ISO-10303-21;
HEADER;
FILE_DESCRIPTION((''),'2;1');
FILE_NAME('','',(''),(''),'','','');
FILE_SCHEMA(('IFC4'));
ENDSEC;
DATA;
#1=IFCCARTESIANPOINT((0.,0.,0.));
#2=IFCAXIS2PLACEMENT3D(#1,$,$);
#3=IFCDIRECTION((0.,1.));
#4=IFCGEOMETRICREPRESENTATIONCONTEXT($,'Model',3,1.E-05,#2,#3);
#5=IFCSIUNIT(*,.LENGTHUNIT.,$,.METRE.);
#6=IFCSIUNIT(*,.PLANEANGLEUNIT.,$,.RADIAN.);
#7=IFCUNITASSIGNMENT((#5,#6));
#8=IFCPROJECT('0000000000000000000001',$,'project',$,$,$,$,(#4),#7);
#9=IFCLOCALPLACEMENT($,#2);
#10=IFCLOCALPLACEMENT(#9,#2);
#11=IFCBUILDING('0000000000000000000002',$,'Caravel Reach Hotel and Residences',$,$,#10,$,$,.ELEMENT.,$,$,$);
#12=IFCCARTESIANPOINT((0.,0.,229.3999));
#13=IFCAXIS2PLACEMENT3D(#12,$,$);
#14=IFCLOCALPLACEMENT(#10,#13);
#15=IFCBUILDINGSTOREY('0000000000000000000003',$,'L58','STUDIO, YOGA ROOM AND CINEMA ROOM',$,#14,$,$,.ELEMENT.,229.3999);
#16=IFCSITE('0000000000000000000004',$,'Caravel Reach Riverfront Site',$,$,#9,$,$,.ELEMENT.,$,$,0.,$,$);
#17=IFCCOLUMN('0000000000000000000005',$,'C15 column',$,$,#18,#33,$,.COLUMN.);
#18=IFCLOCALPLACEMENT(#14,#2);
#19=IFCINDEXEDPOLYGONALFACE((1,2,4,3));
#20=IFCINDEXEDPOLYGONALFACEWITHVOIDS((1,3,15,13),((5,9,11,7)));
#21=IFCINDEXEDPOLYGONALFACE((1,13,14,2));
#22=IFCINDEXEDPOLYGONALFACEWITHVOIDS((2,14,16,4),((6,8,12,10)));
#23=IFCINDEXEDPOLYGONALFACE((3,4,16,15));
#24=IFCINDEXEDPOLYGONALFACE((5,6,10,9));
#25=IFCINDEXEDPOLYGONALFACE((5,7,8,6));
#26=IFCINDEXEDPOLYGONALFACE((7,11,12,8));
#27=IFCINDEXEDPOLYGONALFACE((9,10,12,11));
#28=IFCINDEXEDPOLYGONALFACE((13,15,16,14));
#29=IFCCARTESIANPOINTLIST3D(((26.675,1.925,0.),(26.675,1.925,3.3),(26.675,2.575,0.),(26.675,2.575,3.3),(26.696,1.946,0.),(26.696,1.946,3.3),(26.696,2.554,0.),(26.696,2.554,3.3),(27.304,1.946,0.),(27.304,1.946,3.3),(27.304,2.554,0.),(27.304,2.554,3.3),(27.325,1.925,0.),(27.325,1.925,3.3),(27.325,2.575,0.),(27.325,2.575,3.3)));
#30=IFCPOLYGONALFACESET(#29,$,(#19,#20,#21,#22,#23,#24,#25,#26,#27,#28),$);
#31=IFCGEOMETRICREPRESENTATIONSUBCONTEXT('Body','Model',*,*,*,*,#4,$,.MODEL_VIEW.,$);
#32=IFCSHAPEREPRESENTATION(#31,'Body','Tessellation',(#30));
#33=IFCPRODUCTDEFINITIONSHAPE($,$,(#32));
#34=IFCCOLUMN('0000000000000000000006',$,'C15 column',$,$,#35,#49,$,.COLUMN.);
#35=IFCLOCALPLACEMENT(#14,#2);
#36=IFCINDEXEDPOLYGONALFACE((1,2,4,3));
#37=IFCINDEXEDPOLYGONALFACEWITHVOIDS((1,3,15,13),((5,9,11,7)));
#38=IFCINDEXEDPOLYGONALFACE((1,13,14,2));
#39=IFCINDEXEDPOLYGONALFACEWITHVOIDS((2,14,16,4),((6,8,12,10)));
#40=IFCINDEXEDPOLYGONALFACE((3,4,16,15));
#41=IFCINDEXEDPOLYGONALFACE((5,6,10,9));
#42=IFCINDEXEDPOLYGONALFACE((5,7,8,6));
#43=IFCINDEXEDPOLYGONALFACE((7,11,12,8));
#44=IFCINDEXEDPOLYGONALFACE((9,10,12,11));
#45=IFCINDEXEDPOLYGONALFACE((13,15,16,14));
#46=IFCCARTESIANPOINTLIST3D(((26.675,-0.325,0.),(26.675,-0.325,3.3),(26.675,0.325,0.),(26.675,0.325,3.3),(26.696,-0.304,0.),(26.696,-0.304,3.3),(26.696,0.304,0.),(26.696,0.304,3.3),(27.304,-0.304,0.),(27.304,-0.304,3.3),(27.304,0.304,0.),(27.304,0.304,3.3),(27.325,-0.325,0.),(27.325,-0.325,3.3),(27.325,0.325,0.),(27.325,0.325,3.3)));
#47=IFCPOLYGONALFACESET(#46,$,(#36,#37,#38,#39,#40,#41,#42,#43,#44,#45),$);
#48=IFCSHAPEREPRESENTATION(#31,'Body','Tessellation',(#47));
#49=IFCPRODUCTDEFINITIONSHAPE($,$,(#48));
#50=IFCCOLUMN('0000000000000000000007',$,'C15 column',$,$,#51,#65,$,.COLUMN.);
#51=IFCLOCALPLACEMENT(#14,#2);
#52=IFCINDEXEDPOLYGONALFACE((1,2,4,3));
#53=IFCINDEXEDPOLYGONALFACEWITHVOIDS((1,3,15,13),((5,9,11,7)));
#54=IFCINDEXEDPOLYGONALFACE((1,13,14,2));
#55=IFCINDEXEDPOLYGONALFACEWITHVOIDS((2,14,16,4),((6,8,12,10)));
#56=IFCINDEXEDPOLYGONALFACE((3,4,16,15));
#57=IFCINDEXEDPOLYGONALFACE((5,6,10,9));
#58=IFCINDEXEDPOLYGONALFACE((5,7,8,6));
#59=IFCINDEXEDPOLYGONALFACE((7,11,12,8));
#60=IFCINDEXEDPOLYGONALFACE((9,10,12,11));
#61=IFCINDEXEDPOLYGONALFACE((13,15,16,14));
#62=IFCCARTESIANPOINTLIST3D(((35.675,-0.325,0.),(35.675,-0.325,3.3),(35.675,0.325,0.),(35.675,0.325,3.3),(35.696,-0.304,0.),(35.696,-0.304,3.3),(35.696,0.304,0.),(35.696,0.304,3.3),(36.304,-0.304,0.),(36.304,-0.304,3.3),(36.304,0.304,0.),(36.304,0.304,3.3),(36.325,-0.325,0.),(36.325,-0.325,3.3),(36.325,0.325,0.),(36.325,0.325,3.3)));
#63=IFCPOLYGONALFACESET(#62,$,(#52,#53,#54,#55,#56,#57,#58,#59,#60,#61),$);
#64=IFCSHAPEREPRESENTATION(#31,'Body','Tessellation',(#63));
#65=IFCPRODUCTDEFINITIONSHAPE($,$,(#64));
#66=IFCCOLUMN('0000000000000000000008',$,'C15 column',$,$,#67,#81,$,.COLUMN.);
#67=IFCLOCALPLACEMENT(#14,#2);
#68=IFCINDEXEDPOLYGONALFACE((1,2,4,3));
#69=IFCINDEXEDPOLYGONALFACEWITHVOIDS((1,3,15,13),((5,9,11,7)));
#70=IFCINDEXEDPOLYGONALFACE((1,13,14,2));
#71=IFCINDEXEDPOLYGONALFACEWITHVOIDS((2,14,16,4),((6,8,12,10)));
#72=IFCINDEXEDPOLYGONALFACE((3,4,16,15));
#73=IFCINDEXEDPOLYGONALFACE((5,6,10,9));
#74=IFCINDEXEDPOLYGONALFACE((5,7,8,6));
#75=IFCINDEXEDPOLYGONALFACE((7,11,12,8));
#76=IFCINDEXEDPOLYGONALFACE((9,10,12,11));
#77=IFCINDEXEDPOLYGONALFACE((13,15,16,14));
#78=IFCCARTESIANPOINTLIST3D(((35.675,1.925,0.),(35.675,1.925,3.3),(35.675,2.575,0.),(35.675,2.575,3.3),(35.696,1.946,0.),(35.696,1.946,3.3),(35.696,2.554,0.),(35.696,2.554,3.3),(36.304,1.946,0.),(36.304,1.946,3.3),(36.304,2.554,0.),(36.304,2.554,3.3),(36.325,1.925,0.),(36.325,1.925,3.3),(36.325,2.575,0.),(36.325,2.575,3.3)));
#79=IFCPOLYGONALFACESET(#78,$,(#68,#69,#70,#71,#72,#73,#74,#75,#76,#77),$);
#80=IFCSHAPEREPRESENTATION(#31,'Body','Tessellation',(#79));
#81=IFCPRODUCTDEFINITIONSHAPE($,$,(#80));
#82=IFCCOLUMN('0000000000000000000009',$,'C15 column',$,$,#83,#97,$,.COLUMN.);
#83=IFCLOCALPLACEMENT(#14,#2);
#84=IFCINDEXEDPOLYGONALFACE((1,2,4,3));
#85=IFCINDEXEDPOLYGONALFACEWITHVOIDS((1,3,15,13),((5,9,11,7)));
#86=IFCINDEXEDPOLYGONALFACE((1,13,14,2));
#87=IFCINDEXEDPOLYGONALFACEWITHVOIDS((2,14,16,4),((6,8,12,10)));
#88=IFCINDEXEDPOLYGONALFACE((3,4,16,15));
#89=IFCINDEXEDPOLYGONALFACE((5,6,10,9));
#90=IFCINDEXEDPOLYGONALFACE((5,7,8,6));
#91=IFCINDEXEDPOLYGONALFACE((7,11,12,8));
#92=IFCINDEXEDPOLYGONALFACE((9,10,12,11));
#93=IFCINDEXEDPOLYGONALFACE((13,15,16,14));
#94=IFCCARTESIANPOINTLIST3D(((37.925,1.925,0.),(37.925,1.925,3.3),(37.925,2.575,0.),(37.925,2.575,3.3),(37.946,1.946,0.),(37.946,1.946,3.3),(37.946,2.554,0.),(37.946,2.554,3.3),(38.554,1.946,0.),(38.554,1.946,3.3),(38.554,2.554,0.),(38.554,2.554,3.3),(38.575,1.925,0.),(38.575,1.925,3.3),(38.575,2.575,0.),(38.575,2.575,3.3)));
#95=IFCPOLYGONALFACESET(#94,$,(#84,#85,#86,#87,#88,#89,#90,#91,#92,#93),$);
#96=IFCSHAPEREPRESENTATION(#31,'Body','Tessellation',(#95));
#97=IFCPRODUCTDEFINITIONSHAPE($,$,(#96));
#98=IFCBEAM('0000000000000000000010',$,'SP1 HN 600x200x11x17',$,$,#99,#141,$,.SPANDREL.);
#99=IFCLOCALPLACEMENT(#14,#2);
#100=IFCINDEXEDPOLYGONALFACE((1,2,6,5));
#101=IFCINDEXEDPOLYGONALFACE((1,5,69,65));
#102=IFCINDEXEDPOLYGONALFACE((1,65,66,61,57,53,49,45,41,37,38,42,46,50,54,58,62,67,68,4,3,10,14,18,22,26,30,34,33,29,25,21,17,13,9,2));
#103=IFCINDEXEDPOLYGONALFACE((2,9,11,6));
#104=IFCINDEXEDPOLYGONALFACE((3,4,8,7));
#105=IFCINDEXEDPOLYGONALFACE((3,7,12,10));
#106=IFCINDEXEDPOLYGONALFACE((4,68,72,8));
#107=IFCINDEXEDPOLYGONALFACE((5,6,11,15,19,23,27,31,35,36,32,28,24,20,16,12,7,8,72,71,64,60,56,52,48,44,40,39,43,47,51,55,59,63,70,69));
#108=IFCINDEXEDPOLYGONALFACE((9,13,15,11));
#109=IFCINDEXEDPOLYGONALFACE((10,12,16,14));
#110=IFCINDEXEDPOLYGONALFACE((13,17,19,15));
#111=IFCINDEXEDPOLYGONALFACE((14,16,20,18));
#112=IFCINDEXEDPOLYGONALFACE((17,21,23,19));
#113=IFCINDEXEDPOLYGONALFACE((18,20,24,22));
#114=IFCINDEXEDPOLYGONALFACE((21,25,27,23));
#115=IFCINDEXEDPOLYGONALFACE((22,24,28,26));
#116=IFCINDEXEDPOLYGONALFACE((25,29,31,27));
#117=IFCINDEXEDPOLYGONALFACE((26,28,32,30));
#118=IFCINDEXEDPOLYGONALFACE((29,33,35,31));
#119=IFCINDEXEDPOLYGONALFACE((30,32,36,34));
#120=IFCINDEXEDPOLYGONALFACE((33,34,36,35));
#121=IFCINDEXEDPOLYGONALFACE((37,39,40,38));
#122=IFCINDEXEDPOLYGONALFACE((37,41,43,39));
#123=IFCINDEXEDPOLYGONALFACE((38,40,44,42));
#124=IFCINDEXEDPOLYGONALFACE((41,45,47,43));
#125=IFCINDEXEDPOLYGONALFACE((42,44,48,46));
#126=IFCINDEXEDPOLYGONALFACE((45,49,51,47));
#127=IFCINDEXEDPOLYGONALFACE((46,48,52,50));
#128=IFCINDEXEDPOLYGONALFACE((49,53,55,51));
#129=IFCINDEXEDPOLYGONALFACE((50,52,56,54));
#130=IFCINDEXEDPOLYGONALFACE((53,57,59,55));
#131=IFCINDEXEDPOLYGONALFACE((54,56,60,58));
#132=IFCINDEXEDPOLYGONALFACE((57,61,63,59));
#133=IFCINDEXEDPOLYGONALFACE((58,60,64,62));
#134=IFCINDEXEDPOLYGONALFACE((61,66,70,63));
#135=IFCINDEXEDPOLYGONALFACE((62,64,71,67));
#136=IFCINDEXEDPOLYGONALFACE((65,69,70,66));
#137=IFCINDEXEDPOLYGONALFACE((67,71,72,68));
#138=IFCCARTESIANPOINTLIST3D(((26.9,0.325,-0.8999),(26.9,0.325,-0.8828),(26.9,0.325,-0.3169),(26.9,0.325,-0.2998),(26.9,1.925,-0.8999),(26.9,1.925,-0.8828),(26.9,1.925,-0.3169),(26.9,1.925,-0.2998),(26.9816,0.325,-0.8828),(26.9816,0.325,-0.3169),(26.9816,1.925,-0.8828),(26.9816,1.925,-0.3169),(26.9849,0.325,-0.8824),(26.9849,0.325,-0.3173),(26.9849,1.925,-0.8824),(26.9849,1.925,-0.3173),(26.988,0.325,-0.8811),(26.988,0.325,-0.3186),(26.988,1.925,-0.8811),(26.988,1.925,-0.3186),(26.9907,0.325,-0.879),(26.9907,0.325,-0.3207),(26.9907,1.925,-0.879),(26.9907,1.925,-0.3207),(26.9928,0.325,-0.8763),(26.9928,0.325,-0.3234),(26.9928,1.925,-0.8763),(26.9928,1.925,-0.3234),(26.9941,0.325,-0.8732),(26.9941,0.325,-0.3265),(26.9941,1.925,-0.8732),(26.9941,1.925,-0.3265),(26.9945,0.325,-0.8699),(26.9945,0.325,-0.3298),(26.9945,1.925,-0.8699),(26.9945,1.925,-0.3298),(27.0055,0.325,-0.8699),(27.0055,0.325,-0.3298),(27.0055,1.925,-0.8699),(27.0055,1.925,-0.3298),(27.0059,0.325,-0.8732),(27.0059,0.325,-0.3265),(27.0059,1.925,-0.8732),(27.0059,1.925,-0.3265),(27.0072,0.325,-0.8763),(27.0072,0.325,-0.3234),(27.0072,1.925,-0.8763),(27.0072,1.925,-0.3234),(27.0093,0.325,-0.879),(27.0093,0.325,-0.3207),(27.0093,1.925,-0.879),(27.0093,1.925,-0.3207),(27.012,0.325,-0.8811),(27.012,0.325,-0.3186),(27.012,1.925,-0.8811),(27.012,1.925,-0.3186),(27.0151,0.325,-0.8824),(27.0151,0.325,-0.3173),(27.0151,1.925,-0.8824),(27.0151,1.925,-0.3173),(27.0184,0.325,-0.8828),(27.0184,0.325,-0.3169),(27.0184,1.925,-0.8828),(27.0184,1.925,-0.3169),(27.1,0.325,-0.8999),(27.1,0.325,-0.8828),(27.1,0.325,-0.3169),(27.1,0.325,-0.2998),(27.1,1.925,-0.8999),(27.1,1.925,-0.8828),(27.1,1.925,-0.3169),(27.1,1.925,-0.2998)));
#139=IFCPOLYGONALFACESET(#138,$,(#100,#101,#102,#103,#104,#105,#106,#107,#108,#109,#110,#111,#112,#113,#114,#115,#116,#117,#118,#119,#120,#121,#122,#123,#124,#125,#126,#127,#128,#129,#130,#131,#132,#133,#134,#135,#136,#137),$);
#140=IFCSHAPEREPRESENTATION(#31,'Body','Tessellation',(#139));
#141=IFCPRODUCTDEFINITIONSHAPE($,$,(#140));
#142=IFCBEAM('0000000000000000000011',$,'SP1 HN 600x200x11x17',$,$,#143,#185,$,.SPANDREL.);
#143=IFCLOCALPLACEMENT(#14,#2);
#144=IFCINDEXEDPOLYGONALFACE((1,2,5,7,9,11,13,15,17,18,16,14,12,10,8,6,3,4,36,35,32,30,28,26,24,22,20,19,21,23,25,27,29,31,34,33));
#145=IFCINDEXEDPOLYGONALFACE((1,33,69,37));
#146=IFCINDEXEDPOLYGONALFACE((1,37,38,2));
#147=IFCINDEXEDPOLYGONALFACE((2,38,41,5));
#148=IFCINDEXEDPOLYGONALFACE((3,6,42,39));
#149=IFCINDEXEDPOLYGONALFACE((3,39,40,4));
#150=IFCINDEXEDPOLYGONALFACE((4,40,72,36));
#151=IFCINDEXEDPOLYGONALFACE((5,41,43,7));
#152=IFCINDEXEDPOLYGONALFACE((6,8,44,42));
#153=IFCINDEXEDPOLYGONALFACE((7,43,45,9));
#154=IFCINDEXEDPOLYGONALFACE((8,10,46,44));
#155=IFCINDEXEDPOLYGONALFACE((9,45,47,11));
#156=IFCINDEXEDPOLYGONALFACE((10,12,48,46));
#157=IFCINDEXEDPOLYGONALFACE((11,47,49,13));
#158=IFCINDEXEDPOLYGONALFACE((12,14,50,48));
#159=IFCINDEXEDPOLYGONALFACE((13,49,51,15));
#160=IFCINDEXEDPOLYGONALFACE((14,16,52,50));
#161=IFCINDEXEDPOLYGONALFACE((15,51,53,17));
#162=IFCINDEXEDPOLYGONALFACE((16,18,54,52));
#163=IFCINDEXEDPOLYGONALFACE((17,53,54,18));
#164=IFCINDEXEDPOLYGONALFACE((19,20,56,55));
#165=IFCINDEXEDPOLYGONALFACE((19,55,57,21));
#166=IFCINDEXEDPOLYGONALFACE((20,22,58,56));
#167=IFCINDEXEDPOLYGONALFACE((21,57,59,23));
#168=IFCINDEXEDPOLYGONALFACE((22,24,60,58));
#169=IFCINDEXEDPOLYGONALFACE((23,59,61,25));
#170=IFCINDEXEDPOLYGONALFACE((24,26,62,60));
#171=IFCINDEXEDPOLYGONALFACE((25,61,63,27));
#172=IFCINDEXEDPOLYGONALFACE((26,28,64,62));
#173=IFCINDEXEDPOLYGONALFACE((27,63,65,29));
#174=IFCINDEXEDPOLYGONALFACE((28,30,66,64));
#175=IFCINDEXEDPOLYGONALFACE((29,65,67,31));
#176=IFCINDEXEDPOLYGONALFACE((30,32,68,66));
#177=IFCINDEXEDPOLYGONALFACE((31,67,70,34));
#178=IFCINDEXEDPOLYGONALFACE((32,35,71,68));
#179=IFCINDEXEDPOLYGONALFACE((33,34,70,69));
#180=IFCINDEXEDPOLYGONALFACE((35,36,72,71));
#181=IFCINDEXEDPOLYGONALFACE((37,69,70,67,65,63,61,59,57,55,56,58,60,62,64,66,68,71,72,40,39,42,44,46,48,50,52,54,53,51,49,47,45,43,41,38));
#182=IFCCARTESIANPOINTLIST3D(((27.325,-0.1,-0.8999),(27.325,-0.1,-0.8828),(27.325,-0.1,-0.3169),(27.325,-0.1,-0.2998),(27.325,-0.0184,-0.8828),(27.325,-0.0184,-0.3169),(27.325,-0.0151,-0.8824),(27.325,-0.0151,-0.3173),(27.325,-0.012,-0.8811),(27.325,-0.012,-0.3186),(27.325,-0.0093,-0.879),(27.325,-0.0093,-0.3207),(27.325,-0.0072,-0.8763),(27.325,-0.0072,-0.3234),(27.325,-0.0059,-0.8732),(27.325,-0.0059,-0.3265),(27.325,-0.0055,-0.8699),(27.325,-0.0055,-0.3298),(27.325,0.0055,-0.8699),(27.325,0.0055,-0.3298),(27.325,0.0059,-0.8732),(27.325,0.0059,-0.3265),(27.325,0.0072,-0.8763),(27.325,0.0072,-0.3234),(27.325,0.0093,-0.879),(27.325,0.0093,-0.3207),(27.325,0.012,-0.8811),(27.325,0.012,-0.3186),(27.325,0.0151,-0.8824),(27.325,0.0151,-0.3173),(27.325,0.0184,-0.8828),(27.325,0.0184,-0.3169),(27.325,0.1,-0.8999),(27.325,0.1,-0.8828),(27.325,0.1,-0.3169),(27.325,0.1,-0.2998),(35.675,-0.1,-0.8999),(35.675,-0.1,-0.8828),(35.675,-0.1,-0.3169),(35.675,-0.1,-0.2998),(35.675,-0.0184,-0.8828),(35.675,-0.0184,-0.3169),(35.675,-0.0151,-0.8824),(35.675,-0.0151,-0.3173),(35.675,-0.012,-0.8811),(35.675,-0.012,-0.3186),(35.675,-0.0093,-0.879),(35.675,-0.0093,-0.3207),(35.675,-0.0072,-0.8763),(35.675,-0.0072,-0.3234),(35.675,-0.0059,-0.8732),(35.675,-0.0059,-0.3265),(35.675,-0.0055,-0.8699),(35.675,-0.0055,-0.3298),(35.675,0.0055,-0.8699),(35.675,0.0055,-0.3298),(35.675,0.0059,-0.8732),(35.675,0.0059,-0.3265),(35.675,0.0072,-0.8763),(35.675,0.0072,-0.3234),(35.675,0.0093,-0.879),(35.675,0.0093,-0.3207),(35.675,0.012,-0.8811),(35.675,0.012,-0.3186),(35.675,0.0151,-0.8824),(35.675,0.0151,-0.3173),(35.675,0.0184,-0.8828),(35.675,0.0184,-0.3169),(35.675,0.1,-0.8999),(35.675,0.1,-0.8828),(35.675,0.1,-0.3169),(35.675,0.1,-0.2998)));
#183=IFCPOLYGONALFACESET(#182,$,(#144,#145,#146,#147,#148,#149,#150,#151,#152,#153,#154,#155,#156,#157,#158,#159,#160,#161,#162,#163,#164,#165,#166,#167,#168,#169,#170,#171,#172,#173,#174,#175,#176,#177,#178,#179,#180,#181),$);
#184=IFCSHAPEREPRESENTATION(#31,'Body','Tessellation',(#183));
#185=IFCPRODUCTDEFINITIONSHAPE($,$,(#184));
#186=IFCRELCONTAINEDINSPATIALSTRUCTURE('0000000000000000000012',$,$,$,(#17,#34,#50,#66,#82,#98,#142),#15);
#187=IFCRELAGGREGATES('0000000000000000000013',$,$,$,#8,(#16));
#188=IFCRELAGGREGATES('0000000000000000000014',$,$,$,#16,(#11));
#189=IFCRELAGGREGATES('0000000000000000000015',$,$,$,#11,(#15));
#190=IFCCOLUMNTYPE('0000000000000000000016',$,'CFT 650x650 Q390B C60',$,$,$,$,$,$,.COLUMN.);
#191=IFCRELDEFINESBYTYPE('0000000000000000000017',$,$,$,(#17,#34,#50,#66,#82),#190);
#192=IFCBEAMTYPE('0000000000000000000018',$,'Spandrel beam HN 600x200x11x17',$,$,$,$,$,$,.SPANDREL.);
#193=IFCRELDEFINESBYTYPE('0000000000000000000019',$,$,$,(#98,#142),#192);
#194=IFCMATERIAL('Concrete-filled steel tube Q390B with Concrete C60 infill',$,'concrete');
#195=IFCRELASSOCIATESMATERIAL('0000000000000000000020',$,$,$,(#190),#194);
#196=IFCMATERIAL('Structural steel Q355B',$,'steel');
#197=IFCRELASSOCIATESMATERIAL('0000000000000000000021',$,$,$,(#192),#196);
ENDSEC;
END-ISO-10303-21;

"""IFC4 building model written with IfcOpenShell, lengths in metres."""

from ifc_helpers import new_model, si_unit, direction, frame, origin, origin_2d, place, context, subcontext, project, spatial, hollow_rectangle, i_section, extrude, material, material_profile, profile_set, type_object, element, save


model = new_model("IFC4")

# Units and contexts
model_context = context("Model", 3, precision=1e-05, world=origin(), true_north=direction((0.0, 1.0)))
body_context = subcontext(model_context, "Body", "Model", "MODEL_VIEW")
ifc_project = project(units=[si_unit("LENGTHUNIT", "METRE"), si_unit("PLANEANGLEUNIT", "RADIAN")], contexts=[model_context])

# Site, building, storey
site_placement = place(None, origin())
site = spatial("IfcSite", under=ifc_project, at=site_placement, Name="Caravel Reach Riverfront Site", CompositionType="ELEMENT", RefElevation=0.0)
building_placement = place(site_placement, origin())
building = spatial("IfcBuilding", under=site, at=building_placement, Name="Caravel Reach Hotel and Residences", CompositionType="ELEMENT")
storey_placement = place(building_placement, frame((0.0, 0.0, 229.3999)))
storey = spatial("IfcBuildingStorey", under=building, at=storey_placement, Name="L58", Description="STUDIO, YOGA ROOM AND CINEMA ROOM", CompositionType="ELEMENT", Elevation=229.3999)

# Columns
ifc_material_1 = material(Name="Concrete-filled steel tube Q390B with Concrete C60 infill", Category="concrete")
ifc_material_profile_1 = material_profile(ifc_material_1, hollow_rectangle(XDim=0.6499, YDim=0.6499, WallThickness=0.021, at=origin_2d()), Name="RHS 650x650x21")
ifc_profile_set_1 = profile_set([ifc_material_profile_1], Name="Concrete-filled steel tube Q390B with Concrete C60 infill")
column_type = type_object("IfcColumnType", Name="CFT 650x650 Q390B C60", PredefinedType="COLUMN", material=ifc_profile_set_1)
for number, where, z_axis, x_axis, name in (
    (1, (27.0, 2.25, 0.0), (0.0, 0.0, 1.0), (1.0, 0.0, 0.0), "C15 column"),
    (2, (27.0, 0.0, 0.0), (0.0, 0.0, 1.0), (1.0, 0.0, 0.0), "C15 column"),
    (3, (36.0, 0.0, 0.0), (0.0, 0.0, 1.0), (1.0, 0.0, 0.0), "C15 column"),
    (4, (36.0, 2.25, 0.0), (0.0, 0.0, 1.0), (1.0, 0.0, 0.0), "C15 column"),
    (5, (38.25, 2.25, 0.0), (0.0, 0.0, 1.0), (1.0, 0.0, 0.0), "C15 column"),
):
    element("IfcColumn", number, at=place(storey_placement, frame(where, z_axis=z_axis, x_axis=x_axis)), inside=storey, type_object=column_type, Name=name, PredefinedType="COLUMN", context=body_context, shape_type="SweptSolid", body=[
        extrude(hollow_rectangle(XDim=0.6499, YDim=0.6499, WallThickness=0.021, at=origin_2d()), origin(), (0.0, 0.0, 1.0), 3.3),
    ])

# Beams
ifc_material_2 = material(Name="Structural steel Q355B", Category="steel")
ifc_material_profile_2 = material_profile(ifc_material_2, i_section(OverallWidth=0.2, OverallDepth=0.6001, WebThickness=0.011, FlangeThickness=0.0171, FilletRadius=0.0129, at=origin_2d()), Name="HN 600x200x11x17")
ifc_profile_set_2 = profile_set([ifc_material_profile_2], Name="Structural steel Q355B")
beam_type = type_object("IfcBeamType", Name="Spandrel beam HN 600x200x11x17", PredefinedType="SPANDREL", material=ifc_profile_set_2)
beam_1_placement = place(storey_placement, frame((27.0, 1.925, -0.5999), z_axis=(0.0, -1.0, 0.0), x_axis=(1.0, 0.0, 0.0)))
element("IfcBeam", 6, at=beam_1_placement, inside=storey, type_object=beam_type, Name="SP1 HN 600x200x11x17", PredefinedType="SPANDREL", context=body_context, shape_type="SweptSolid", body=[
    extrude(i_section(OverallWidth=0.2, OverallDepth=0.6001, WebThickness=0.011, FlangeThickness=0.0171, FilletRadius=0.0129, at=origin_2d()), origin(), (0.0, 0.0, 1.0), 1.6001),
])
beam_2_placement = place(storey_placement, frame((27.325, 0.0, -0.5999), z_axis=(1.0, 0.0, 0.0), x_axis=(0.0, 1.0, 0.0)))
element("IfcBeam", 7, at=beam_2_placement, inside=storey, type_object=beam_type, Name="SP1 HN 600x200x11x17", PredefinedType="SPANDREL", context=body_context, shape_type="SweptSolid", body=[
    extrude(i_section(OverallWidth=0.2, OverallDepth=0.6001, WebThickness=0.011, FlangeThickness=0.0171, FilletRadius=0.0129, at=origin_2d()), origin(), (0.0, 0.0, 1.0), 8.3501),
])

save(model, "model.ifc")
